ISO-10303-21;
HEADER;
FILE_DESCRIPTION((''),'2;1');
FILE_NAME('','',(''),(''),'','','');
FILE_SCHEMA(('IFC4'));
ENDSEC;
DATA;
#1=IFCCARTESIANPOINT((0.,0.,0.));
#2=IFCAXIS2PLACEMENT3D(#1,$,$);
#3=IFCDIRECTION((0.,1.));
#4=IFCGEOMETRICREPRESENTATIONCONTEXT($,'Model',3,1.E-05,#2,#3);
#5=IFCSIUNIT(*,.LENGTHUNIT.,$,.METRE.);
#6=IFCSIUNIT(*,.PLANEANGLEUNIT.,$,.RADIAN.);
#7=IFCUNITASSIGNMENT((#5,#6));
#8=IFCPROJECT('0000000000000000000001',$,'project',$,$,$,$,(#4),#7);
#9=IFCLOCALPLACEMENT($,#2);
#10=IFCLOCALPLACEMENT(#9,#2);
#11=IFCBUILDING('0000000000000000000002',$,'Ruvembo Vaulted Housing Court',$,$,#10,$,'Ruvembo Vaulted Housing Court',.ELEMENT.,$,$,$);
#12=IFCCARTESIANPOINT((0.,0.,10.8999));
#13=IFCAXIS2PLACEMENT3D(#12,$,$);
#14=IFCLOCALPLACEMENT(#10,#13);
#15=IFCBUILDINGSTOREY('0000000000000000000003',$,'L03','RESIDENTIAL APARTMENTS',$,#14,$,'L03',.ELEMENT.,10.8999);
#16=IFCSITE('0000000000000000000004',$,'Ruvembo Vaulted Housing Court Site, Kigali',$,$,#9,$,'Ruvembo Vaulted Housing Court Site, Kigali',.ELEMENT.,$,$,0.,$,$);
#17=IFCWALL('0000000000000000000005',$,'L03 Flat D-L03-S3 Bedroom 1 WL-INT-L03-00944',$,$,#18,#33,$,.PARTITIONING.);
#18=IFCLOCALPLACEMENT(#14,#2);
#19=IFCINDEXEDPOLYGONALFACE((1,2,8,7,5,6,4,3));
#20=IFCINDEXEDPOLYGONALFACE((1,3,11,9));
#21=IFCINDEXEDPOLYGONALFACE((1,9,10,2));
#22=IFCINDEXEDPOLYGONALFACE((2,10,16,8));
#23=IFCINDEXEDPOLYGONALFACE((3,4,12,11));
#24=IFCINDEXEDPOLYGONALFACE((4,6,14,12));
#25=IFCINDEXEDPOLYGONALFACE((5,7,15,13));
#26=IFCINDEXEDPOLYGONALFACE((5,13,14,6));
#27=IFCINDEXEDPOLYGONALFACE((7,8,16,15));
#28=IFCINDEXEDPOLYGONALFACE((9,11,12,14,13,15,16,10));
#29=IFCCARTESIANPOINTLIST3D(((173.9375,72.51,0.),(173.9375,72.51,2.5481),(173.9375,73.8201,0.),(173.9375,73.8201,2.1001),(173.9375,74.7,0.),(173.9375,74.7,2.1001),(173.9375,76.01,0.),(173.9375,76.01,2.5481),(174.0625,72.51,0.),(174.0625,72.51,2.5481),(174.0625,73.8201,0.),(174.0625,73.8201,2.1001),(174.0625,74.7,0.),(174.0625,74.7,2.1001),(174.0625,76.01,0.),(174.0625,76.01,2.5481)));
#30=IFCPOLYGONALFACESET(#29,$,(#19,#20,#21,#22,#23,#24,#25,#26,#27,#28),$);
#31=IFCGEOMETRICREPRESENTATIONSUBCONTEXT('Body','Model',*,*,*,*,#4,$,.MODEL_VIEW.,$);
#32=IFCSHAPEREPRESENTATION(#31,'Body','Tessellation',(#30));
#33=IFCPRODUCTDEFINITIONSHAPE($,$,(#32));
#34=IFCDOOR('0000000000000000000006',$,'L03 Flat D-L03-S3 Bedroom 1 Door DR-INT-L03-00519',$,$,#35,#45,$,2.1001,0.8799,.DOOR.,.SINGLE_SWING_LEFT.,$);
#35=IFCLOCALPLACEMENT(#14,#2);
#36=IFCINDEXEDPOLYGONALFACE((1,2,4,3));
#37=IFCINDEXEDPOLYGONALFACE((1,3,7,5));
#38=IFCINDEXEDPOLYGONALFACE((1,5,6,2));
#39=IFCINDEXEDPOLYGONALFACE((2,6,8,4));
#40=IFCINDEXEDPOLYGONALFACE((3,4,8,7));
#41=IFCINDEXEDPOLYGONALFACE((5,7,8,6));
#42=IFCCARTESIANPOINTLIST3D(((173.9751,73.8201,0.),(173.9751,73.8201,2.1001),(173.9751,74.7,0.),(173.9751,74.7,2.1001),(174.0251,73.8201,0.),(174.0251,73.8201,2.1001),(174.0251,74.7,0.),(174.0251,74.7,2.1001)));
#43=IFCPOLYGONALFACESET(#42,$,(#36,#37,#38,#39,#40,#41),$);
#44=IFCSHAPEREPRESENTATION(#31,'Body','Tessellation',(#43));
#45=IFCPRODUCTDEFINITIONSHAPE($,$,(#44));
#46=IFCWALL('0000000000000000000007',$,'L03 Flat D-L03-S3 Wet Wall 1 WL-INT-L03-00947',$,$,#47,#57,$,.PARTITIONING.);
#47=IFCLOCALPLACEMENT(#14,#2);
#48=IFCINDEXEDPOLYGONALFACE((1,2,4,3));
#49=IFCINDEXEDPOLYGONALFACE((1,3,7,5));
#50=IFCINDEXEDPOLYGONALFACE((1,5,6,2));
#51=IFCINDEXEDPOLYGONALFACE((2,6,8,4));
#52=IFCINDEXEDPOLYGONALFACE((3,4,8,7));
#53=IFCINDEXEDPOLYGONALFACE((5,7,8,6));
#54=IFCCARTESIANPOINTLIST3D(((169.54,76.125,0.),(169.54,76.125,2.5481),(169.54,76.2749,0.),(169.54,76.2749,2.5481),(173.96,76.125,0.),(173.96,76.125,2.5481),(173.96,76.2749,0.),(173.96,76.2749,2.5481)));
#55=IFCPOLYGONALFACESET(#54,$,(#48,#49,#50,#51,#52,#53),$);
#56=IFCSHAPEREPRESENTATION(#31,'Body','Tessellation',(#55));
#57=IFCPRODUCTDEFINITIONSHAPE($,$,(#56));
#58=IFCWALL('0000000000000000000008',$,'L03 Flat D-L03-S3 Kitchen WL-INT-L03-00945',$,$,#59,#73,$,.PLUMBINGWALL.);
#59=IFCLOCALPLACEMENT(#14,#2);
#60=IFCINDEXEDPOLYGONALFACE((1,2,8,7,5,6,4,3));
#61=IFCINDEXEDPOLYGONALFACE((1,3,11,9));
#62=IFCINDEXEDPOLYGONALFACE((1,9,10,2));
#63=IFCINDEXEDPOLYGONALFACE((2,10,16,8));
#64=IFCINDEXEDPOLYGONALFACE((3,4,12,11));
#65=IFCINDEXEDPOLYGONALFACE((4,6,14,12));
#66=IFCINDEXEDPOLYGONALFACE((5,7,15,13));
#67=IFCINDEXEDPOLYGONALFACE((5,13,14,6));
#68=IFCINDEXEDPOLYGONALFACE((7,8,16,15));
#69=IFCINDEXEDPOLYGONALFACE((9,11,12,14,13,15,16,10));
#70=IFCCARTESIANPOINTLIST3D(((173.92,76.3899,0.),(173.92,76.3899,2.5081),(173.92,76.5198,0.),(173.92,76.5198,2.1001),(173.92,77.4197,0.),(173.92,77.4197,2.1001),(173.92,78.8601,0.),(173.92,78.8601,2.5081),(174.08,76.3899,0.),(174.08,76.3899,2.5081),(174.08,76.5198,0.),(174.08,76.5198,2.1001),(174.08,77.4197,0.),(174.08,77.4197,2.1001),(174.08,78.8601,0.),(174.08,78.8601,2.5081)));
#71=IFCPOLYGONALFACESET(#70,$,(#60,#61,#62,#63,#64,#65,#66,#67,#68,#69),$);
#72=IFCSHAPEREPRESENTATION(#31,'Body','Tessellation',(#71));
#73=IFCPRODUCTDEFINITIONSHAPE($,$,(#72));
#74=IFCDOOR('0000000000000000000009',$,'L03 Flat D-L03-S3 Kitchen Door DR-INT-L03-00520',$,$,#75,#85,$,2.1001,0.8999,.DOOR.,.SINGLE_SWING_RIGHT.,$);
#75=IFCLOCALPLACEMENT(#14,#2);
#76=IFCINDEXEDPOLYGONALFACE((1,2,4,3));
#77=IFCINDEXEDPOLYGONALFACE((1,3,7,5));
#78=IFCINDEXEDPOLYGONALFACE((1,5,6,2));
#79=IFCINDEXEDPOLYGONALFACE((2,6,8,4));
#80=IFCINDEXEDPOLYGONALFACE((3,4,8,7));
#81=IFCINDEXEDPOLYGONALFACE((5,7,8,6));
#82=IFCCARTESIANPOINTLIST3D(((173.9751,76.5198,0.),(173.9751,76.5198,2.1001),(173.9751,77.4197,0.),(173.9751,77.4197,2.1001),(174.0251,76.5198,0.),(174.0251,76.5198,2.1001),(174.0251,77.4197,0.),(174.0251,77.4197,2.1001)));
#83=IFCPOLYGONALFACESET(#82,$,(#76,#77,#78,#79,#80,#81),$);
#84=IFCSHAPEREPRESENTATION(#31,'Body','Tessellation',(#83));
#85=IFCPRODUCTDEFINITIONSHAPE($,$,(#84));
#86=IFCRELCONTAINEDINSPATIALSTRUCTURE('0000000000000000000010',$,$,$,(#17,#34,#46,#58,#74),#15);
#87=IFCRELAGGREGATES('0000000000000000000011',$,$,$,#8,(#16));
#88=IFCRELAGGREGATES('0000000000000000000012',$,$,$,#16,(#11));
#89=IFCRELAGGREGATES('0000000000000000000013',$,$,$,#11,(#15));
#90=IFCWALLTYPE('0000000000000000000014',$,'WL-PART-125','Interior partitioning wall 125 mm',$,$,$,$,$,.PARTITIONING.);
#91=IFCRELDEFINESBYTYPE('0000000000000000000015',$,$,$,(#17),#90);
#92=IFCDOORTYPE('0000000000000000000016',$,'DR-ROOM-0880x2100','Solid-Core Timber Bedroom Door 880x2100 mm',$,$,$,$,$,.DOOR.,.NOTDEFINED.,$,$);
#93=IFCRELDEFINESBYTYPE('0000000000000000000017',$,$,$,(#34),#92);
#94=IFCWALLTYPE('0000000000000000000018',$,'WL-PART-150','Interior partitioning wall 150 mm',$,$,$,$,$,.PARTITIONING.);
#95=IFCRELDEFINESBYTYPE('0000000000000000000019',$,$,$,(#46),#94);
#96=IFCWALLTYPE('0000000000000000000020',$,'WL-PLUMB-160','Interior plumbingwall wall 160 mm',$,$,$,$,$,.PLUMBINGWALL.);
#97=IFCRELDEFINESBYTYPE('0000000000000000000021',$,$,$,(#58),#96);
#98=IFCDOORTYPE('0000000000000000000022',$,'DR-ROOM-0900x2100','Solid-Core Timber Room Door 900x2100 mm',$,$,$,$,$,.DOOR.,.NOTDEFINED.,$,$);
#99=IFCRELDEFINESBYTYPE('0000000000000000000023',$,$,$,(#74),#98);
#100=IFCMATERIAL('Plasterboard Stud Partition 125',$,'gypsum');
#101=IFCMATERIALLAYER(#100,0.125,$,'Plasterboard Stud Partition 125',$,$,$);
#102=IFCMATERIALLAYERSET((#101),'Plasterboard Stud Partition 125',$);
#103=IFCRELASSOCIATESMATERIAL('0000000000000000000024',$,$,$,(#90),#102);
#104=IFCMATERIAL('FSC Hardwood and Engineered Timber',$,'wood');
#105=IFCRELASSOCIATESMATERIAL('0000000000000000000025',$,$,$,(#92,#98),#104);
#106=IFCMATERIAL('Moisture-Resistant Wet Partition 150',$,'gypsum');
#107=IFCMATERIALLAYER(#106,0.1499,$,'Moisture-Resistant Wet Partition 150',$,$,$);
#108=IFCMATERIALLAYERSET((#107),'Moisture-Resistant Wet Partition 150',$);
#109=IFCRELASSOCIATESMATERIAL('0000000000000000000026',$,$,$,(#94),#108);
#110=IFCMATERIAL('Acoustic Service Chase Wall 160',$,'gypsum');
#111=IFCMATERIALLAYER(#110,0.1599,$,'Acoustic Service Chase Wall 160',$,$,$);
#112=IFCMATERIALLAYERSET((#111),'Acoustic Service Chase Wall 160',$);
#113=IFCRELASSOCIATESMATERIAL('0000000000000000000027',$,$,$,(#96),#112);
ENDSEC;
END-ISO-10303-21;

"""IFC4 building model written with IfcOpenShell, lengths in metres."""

from ifc_helpers import new_model, si_unit, direction, frame, frame_2d, origin, place, context, subcontext, project, spatial, rectangle, extrude, material, layer, layer_set, type_object, element, fill, save


model = new_model("IFC4")

# Units and contexts
model_context = context("Model", 3, precision=1e-05, world=origin(), true_north=direction((0.0, 1.0)))
body_context = subcontext(model_context, "Body", "Model", "MODEL_VIEW")
ifc_project = project(units=[si_unit("LENGTHUNIT", "METRE"), si_unit("PLANEANGLEUNIT", "RADIAN")], contexts=[model_context])

# Site, building, storey
site_placement = place(None, origin())
site = spatial("IfcSite", under=ifc_project, at=site_placement, Name="Ruvembo Vaulted Housing Court Site, Kigali", LongName="Ruvembo Vaulted Housing Court Site, Kigali", CompositionType="ELEMENT", RefElevation=0.0)
building_placement = place(site_placement, origin())
building = spatial("IfcBuilding", under=site, at=building_placement, Name="Ruvembo Vaulted Housing Court", LongName="Ruvembo Vaulted Housing Court", CompositionType="ELEMENT")
storey_placement = place(building_placement, frame((0.0, 0.0, 10.8999)))
storey = spatial("IfcBuildingStorey", under=building, at=storey_placement, Name="L03", Description="RESIDENTIAL APARTMENTS", LongName="L03", CompositionType="ELEMENT", Elevation=10.8999)

# Wall, opening, door
ifc_material_1 = material(Name="Plasterboard Stud Partition 125", Category="gypsum")
ifc_layer_1 = layer(ifc_material_1, 0.125, Name="Plasterboard Stud Partition 125")
ifc_layer_set_1 = layer_set([ifc_layer_1], Name="Plasterboard Stud Partition 125")
wall_type_1 = type_object("IfcWallType", Name="WL-PART-125", Description="Interior partitioning wall 125 mm", PredefinedType="PARTITIONING", material=ifc_layer_set_1)
wall_1_placement = place(storey_placement, frame((174.0, 72.51, 0.0), z_axis=(0.0, 0.0, 1.0), x_axis=(0.0, 1.0, 0.0)))
wall_1 = element("IfcWall", 1, at=wall_1_placement, inside=storey, type_object=wall_type_1, Name="L03 Flat D-L03-S3 Bedroom 1 WL-INT-L03-00944", PredefinedType="PARTITIONING", context=body_context, shape_type="SweptSolid", body=[
    extrude(rectangle(XDim=3.5, YDim=0.125, at=frame_2d((1.75, 0.0))), origin(), (0.0, 0.0, 1.0), 2.5481),
])
opening_1_placement = place(wall_1_placement, frame((1.3101, 0.0, 0.0)))
opening_1 = element("IfcOpeningElement", 2, at=opening_1_placement, cuts=wall_1, PredefinedType="OPENING", context=body_context, shape_type="SweptSolid", body=[
    extrude(rectangle(XDim=0.8799, YDim=2.1001, at=frame_2d((0.4399, 1.05))), frame((0.0, 0.0725, 0.0), z_axis=(0.0, -1.0, 0.0), x_axis=(1.0, 0.0, 0.0)), (0.0, 0.0, 1.0), 0.145),
])
ifc_material_2 = material(Name="FSC Hardwood and Engineered Timber", Category="wood")
door_type_1 = type_object("IfcDoorType", Name="DR-ROOM-0880x2100", Description="Solid-Core Timber Bedroom Door 880x2100 mm", OperationType="NOTDEFINED", PredefinedType="DOOR", material=ifc_material_2)
door_1_placement = place(opening_1_placement, origin())
door_1 = element("IfcDoor", 3, at=door_1_placement, inside=storey, type_object=door_type_1, Name="L03 Flat D-L03-S3 Bedroom 1 Door DR-INT-L03-00519", OperationType="SINGLE_SWING_LEFT", OverallHeight=2.1001, OverallWidth=0.8799, PredefinedType="DOOR", context=body_context, shape_type="SweptSolid", body=[
    extrude(rectangle(XDim=0.8799, YDim=2.1001, at=frame_2d((0.4399, 1.05))), frame((0.0, 0.0249, 0.0), z_axis=(0.0, -1.0, 0.0), x_axis=(1.0, 0.0, 0.0)), (0.0, 0.0, 1.0), 0.05),
])
fill(opening_1, door_1)

# Wall
ifc_material_3 = material(Name="Moisture-Resistant Wet Partition 150", Category="gypsum")
ifc_layer_2 = layer(ifc_material_3, 0.1499, Name="Moisture-Resistant Wet Partition 150")
ifc_layer_set_2 = layer_set([ifc_layer_2], Name="Moisture-Resistant Wet Partition 150")
wall_type_2 = type_object("IfcWallType", Name="WL-PART-150", Description="Interior partitioning wall 150 mm", PredefinedType="PARTITIONING", material=ifc_layer_set_2)
wall_2_placement = place(storey_placement, frame((169.54, 76.2, 0.0), z_axis=(0.0, 0.0, 1.0), x_axis=(1.0, 0.0, 0.0)))
element("IfcWall", 4, at=wall_2_placement, inside=storey, type_object=wall_type_2, Name="L03 Flat D-L03-S3 Wet Wall 1 WL-INT-L03-00947", PredefinedType="PARTITIONING", context=body_context, shape_type="SweptSolid", body=[
    extrude(rectangle(XDim=4.4199, YDim=0.1499, at=frame_2d((2.21, 0.0))), origin(), (0.0, 0.0, 1.0), 2.5481),
])

# Wall, opening, door
ifc_material_4 = material(Name="Acoustic Service Chase Wall 160", Category="gypsum")
ifc_layer_3 = layer(ifc_material_4, 0.1599, Name="Acoustic Service Chase Wall 160")
ifc_layer_set_3 = layer_set([ifc_layer_3], Name="Acoustic Service Chase Wall 160")
wall_type_3 = type_object("IfcWallType", Name="WL-PLUMB-160", Description="Interior plumbingwall wall 160 mm", PredefinedType="PLUMBINGWALL", material=ifc_layer_set_3)
wall_3_placement = place(storey_placement, frame((174.0, 76.3899, 0.0), z_axis=(0.0, 0.0, 1.0), x_axis=(0.0, 1.0, 0.0)))
wall_3 = element("IfcWall", 5, at=wall_3_placement, inside=storey, type_object=wall_type_3, Name="L03 Flat D-L03-S3 Kitchen WL-INT-L03-00945", PredefinedType="PLUMBINGWALL", context=body_context, shape_type="SweptSolid", body=[
    extrude(rectangle(XDim=2.4702, YDim=0.1599, at=frame_2d((1.2351, 0.0))), origin(), (0.0, 0.0, 1.0), 2.5081),
])
opening_2_placement = place(wall_3_placement, frame((0.1299, 0.0, 0.0)))
opening_2 = element("IfcOpeningElement", 6, at=opening_2_placement, cuts=wall_3, PredefinedType="OPENING", context=body_context, shape_type="SweptSolid", body=[
    extrude(rectangle(XDim=0.8999, YDim=2.1001, at=frame_2d((0.45, 1.05))), frame((0.0, 0.0898, 0.0), z_axis=(0.0, -1.0, 0.0), x_axis=(1.0, 0.0, 0.0)), (0.0, 0.0, 1.0), 0.1799),
])
door_type_2 = type_object("IfcDoorType", Name="DR-ROOM-0900x2100", Description="Solid-Core Timber Room Door 900x2100 mm", OperationType="NOTDEFINED", PredefinedType="DOOR", material=ifc_material_2)
door_2_placement = place(opening_2_placement, origin())
door_2 = element("IfcDoor", 7, at=door_2_placement, inside=storey, type_object=door_type_2, Name="L03 Flat D-L03-S3 Kitchen Door DR-INT-L03-00520", OperationType="SINGLE_SWING_RIGHT", OverallHeight=2.1001, OverallWidth=0.8999, PredefinedType="DOOR", context=body_context, shape_type="SweptSolid", body=[
    extrude(rectangle(XDim=0.8999, YDim=2.1001, at=frame_2d((0.45, 1.05))), frame((0.0, 0.0249, 0.0), z_axis=(0.0, -1.0, 0.0), x_axis=(1.0, 0.0, 0.0)), (0.0, 0.0, 1.0), 0.05),
])
fill(opening_2, door_2)

save(model, "model.ifc")
